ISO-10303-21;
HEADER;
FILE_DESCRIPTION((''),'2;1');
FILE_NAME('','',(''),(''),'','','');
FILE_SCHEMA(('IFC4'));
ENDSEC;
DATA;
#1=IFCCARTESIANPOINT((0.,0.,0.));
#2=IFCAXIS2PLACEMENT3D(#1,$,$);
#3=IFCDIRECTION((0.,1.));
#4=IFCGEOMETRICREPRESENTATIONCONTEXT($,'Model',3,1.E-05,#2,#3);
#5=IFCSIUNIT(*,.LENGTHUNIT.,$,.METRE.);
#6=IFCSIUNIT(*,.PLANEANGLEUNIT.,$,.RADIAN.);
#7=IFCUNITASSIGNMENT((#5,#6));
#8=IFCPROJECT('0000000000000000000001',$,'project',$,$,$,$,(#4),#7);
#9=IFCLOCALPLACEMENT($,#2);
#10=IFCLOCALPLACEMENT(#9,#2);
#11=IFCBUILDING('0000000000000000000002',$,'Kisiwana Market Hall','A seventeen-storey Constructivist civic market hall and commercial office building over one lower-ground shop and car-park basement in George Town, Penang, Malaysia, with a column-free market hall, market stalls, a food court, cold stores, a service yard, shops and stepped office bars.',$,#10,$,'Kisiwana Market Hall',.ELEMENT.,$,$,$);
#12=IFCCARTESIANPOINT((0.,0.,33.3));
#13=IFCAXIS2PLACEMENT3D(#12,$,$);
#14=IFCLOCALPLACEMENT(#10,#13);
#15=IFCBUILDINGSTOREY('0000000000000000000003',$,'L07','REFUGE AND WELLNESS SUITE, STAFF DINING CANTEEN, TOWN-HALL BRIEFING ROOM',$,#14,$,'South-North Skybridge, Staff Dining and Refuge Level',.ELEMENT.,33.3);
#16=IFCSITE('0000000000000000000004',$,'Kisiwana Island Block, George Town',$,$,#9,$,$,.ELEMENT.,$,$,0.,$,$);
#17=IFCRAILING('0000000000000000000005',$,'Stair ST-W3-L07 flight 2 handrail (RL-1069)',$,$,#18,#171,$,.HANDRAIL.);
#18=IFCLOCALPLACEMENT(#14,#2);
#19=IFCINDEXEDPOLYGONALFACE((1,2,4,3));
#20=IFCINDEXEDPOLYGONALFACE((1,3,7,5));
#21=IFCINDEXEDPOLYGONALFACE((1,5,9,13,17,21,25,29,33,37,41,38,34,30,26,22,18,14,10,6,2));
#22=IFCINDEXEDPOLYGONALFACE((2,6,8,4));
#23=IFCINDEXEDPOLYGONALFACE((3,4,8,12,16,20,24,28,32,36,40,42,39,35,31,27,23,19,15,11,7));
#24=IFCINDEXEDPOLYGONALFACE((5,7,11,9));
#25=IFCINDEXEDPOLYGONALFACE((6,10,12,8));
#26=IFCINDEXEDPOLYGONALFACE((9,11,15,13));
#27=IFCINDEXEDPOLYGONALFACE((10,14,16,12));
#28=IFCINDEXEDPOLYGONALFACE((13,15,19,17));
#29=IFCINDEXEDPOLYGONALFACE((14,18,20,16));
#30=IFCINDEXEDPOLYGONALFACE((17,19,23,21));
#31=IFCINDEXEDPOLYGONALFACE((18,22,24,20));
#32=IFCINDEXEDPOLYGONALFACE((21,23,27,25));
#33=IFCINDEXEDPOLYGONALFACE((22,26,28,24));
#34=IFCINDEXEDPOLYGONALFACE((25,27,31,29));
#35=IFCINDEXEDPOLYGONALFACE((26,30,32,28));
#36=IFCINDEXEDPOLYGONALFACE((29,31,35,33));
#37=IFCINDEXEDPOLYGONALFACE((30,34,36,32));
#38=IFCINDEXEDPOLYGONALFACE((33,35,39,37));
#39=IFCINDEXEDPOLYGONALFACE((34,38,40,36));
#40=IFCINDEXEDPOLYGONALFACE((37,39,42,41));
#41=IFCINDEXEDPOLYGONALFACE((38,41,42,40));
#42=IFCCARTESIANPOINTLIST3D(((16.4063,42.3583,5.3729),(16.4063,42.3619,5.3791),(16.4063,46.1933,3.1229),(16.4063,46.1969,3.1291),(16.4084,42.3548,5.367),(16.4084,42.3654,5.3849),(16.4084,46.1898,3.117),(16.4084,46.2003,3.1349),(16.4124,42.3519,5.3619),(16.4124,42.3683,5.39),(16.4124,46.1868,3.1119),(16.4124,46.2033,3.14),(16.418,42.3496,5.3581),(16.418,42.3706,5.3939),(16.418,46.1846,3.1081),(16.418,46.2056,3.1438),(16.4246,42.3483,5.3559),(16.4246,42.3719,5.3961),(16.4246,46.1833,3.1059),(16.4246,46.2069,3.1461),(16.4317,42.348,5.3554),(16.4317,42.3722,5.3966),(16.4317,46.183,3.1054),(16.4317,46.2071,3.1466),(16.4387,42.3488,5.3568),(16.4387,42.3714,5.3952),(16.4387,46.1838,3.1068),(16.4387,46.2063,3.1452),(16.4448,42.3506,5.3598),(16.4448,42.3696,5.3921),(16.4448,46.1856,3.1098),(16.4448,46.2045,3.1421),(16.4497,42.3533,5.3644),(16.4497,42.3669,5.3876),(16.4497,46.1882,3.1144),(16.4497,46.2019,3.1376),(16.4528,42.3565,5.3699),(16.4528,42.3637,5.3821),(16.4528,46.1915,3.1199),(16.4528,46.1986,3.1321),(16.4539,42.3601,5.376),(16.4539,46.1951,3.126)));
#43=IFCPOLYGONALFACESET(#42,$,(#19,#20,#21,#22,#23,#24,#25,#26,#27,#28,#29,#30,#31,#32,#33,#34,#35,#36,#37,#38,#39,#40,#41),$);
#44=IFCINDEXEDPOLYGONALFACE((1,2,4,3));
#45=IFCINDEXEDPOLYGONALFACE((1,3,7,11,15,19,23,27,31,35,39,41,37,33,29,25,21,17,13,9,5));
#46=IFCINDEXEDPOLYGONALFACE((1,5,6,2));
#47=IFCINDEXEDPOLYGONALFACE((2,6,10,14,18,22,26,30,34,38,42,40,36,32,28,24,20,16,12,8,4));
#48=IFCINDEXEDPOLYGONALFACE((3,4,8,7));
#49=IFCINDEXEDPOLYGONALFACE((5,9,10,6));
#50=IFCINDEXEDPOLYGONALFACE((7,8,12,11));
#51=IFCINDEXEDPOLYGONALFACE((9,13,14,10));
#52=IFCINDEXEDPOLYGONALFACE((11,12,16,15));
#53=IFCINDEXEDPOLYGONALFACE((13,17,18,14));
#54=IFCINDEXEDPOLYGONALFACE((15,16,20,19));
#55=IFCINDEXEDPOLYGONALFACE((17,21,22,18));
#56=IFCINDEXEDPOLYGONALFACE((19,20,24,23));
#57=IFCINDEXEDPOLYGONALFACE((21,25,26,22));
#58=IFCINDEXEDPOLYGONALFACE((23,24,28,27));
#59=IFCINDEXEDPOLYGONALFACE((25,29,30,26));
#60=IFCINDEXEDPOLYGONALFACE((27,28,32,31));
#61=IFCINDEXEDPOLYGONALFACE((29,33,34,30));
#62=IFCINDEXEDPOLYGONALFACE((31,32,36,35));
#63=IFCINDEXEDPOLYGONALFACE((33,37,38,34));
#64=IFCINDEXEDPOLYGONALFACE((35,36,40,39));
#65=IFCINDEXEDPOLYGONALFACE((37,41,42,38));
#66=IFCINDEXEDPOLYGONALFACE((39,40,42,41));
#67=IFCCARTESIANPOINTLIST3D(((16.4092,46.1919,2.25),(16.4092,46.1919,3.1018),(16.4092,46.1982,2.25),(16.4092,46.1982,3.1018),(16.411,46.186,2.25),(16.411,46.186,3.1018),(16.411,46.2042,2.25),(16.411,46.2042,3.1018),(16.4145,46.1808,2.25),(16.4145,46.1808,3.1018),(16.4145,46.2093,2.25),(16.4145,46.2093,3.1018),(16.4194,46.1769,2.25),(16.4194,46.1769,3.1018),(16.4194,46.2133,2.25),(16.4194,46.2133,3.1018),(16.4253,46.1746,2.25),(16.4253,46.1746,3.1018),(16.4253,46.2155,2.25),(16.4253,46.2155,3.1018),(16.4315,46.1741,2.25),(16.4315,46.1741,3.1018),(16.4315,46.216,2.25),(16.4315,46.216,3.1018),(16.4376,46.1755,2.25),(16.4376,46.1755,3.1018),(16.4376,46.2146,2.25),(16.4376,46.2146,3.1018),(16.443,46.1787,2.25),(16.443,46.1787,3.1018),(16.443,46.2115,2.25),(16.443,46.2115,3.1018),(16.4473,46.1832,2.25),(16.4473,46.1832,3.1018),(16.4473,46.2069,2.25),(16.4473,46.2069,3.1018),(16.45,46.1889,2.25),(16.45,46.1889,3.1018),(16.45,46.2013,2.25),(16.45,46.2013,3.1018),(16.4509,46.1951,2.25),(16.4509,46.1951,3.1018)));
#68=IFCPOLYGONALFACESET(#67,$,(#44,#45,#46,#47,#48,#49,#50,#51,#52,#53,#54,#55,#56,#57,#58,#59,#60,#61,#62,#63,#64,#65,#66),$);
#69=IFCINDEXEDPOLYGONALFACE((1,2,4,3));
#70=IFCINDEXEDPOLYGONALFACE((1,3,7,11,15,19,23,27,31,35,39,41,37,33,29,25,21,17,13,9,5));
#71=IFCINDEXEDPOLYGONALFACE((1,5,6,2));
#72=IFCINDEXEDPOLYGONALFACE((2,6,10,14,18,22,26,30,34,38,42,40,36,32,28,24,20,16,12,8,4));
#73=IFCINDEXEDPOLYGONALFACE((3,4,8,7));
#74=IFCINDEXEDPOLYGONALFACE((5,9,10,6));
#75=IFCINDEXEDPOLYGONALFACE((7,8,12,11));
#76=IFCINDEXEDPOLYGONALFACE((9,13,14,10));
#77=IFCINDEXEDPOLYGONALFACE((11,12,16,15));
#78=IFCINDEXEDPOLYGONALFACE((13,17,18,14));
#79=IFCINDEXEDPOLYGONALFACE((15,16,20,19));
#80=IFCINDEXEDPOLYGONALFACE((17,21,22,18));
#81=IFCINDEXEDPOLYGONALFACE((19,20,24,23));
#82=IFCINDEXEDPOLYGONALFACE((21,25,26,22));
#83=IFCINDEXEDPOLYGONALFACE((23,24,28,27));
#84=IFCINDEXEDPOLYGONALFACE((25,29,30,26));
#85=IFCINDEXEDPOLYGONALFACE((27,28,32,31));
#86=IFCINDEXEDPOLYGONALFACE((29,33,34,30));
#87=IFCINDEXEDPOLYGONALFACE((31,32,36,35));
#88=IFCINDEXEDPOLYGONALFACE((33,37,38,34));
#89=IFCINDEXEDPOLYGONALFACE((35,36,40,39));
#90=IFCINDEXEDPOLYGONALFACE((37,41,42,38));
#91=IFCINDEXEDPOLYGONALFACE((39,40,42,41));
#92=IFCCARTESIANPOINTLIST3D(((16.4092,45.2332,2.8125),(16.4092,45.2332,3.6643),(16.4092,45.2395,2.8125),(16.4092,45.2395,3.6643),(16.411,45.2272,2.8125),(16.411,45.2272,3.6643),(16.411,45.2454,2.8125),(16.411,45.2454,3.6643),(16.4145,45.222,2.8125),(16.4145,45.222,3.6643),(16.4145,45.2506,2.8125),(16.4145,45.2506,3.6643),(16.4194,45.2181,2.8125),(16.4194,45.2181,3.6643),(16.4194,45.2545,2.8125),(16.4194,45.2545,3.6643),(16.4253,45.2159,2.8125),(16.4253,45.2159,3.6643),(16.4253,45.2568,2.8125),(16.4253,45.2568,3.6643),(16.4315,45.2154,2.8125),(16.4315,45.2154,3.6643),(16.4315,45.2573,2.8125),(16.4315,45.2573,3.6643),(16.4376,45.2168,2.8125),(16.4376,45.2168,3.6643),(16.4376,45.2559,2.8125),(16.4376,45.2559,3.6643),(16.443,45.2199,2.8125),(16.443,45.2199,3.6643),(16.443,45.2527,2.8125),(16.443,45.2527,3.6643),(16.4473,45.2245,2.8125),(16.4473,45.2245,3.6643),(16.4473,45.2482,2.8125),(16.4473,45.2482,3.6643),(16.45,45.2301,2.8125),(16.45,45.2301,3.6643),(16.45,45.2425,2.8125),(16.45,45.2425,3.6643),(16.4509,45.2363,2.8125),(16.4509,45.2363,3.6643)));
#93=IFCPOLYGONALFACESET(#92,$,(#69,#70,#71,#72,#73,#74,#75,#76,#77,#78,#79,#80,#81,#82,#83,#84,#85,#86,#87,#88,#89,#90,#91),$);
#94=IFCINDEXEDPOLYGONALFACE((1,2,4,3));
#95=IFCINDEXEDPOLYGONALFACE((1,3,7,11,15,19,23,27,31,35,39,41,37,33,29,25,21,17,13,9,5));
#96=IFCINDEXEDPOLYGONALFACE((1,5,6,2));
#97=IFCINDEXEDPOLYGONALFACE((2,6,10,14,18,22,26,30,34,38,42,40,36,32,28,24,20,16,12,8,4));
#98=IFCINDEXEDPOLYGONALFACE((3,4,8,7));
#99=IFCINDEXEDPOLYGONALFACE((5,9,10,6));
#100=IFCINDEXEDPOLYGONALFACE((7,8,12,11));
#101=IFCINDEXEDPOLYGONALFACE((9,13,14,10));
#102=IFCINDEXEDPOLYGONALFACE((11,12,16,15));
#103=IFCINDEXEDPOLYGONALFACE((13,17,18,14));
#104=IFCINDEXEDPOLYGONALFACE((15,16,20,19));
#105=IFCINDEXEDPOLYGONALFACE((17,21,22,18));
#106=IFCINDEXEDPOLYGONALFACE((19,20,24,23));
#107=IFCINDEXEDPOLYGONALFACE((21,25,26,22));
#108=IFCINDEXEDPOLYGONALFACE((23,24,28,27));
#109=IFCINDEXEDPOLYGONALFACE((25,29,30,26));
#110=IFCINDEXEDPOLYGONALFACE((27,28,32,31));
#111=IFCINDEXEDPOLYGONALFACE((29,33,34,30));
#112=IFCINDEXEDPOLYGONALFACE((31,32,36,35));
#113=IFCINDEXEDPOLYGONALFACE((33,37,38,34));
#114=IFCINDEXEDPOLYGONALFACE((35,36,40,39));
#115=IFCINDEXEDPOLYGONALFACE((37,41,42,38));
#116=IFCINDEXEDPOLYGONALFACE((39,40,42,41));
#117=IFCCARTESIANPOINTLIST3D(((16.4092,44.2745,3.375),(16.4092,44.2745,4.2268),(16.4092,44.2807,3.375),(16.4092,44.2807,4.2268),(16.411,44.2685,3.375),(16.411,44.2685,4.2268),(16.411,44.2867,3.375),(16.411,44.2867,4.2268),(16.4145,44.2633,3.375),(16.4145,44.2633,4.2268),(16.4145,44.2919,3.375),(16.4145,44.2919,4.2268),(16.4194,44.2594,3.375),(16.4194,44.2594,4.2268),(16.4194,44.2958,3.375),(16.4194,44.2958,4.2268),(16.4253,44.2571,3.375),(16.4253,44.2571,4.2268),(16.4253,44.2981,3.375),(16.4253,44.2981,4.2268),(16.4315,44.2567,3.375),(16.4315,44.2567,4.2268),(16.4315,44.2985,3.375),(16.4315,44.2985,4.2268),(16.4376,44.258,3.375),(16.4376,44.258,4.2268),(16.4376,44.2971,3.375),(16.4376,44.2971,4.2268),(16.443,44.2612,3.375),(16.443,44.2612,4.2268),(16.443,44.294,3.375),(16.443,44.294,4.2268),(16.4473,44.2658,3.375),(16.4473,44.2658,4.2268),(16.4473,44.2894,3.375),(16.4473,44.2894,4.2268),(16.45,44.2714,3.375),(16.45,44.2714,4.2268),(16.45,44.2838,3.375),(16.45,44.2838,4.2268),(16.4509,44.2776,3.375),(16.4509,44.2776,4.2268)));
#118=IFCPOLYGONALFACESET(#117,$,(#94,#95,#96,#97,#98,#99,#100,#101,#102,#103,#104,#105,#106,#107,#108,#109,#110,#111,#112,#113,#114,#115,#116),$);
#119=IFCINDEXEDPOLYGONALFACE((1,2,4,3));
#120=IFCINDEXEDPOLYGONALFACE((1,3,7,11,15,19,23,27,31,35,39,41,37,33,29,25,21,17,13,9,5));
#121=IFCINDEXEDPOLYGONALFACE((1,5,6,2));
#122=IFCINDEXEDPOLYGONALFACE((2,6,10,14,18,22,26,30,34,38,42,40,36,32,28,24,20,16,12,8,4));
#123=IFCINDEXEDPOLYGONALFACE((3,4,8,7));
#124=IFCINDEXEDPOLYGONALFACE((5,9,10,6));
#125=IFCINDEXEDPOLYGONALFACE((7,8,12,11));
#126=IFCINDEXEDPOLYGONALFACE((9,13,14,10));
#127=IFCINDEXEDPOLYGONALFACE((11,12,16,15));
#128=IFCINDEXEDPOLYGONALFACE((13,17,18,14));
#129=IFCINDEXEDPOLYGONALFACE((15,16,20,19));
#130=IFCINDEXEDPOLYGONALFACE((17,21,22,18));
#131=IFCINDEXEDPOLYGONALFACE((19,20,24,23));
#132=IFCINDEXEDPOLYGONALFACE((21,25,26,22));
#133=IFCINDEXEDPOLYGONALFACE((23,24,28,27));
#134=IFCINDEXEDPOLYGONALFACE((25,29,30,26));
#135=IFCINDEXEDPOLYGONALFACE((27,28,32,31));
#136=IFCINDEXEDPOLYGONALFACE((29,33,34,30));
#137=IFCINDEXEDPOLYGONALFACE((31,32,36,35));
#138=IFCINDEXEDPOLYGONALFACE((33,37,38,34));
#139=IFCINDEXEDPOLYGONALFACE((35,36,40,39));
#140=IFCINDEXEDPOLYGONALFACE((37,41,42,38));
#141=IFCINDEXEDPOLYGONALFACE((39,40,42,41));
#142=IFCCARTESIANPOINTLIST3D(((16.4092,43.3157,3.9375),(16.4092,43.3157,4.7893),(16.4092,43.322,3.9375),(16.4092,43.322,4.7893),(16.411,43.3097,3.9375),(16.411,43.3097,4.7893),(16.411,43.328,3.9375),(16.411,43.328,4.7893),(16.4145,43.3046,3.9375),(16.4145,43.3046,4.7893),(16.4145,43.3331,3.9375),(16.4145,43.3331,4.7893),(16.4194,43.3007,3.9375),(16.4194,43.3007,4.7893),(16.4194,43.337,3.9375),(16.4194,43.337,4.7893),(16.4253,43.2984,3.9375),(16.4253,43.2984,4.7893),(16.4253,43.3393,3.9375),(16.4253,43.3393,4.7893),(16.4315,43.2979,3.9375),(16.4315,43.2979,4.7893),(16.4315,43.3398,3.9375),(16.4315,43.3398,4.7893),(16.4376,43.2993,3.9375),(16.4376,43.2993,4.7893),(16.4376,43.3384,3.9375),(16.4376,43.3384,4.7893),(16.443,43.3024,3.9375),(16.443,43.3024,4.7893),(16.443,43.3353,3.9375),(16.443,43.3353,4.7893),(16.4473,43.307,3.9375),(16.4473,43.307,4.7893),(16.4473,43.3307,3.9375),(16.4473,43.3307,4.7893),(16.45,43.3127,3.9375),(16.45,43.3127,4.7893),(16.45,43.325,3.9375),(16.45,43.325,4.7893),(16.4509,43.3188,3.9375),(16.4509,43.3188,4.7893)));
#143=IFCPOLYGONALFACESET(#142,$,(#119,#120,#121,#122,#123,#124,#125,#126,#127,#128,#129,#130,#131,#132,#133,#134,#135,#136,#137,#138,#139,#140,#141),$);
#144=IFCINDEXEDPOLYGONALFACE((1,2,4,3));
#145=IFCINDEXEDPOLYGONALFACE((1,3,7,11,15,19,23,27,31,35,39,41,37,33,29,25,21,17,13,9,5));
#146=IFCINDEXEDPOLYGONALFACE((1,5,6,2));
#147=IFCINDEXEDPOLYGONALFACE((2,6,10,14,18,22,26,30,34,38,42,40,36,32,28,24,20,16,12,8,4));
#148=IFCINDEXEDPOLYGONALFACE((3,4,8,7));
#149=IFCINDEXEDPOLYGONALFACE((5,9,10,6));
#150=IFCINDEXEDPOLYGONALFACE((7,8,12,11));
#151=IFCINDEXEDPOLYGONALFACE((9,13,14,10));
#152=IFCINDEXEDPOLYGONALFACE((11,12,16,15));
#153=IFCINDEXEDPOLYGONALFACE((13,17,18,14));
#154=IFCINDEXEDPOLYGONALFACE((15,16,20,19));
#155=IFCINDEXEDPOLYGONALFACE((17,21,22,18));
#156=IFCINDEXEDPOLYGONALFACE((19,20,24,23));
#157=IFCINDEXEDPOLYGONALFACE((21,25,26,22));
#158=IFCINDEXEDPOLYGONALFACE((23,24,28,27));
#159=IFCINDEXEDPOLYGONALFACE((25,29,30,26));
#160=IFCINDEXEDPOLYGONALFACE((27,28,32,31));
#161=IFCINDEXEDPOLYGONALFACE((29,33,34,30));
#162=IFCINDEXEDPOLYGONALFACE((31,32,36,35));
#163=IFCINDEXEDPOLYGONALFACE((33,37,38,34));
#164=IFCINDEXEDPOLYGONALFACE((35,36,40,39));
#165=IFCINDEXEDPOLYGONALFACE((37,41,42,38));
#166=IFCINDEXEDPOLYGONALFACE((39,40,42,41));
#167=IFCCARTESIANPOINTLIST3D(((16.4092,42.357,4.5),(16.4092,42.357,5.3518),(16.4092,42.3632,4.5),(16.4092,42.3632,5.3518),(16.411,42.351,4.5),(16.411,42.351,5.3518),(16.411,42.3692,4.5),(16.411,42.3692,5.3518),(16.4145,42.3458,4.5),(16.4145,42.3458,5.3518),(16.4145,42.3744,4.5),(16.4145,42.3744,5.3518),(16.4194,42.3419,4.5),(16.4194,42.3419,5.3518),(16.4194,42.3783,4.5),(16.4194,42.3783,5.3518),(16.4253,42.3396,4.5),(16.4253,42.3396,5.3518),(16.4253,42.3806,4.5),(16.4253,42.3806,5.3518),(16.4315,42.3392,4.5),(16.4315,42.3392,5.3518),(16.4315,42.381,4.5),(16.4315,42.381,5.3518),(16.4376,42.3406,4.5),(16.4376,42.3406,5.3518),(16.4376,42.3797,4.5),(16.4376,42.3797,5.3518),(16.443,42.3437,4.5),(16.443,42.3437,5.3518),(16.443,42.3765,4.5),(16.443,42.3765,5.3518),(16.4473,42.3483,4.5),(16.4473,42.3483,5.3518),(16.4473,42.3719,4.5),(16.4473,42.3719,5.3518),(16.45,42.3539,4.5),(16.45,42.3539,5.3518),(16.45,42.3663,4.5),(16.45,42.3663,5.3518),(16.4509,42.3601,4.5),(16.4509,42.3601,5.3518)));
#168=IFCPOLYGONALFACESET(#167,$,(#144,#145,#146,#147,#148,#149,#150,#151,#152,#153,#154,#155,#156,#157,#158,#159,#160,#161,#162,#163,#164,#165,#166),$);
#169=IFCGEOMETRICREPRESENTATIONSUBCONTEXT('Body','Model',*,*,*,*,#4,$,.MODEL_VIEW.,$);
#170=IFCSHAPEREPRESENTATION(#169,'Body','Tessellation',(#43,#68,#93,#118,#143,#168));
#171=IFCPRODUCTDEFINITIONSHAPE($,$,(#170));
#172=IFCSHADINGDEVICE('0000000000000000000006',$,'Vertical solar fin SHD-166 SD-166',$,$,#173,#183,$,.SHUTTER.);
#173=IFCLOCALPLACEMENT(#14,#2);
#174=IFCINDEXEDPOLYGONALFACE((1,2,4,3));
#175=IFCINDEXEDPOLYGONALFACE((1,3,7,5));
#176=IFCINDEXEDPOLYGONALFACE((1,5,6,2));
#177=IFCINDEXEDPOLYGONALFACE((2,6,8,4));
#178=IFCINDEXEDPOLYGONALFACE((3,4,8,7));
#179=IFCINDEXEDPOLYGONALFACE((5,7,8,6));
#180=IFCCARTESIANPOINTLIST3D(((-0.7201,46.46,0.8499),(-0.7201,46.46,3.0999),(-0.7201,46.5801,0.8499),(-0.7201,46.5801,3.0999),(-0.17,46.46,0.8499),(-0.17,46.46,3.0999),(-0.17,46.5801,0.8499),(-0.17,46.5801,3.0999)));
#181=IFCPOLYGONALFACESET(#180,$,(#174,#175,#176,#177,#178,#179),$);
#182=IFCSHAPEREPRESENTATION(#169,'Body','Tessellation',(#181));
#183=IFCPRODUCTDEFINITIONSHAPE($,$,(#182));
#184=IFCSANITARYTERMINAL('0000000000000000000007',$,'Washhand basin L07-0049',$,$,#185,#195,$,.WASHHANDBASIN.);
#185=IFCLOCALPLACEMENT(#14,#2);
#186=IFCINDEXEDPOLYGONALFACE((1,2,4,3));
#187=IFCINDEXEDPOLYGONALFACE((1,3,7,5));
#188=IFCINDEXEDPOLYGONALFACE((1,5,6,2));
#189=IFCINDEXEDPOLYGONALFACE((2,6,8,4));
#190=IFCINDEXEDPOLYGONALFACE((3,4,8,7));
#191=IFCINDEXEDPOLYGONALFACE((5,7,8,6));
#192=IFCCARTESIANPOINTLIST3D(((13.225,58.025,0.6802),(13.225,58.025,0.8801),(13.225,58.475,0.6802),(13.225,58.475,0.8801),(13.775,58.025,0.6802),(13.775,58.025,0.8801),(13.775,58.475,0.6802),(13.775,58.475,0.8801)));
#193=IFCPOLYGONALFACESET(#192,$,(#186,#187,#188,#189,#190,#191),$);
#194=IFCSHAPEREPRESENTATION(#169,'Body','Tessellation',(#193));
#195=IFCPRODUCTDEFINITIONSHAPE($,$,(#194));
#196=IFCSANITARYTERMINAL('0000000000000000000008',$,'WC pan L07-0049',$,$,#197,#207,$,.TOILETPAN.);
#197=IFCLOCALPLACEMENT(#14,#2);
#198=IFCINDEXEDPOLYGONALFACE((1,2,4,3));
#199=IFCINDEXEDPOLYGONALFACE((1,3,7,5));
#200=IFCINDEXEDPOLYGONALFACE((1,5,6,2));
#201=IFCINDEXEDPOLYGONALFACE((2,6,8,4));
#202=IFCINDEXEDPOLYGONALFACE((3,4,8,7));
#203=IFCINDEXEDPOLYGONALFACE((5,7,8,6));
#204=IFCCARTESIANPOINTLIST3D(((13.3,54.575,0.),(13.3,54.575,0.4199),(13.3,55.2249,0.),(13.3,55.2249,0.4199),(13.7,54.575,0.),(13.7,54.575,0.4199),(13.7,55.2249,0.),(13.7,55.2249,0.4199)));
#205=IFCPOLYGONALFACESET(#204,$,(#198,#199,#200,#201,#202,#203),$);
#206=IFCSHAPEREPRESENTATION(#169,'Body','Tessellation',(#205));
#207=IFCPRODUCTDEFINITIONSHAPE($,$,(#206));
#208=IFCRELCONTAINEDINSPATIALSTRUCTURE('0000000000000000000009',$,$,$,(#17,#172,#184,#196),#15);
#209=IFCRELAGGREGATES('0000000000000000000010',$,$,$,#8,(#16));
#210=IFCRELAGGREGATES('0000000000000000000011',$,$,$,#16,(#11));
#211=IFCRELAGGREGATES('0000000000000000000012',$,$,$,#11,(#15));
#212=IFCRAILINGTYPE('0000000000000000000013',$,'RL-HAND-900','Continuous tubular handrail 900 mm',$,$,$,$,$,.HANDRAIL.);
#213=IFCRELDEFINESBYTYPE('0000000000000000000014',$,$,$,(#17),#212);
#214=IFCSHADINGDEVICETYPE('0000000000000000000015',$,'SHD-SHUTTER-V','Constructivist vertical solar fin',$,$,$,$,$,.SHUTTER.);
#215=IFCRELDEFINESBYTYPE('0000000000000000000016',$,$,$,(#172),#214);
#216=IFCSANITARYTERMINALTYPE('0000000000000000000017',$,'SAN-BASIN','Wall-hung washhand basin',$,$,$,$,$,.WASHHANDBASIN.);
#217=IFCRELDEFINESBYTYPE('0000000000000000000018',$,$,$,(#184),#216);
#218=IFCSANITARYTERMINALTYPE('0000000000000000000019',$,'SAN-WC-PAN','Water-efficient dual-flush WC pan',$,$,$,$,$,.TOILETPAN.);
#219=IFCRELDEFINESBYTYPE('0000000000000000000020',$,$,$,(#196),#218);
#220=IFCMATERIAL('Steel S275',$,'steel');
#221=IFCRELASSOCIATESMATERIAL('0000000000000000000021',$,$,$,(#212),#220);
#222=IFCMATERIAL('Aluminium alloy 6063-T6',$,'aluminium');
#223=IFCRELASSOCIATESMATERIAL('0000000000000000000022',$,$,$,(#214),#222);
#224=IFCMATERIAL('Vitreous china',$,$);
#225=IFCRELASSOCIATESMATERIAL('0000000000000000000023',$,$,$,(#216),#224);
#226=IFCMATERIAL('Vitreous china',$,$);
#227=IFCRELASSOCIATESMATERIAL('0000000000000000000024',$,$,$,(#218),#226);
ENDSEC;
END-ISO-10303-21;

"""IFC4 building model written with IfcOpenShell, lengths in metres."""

from ifc_helpers import new_model, si_unit, direction, frame, origin, origin_2d, place, context, subcontext, project, spatial, rectangle, circle, extrude, material, type_object, element, save


model = new_model("IFC4")

# Units and contexts
model_context = context("Model", 3, precision=1e-05, world=origin(), true_north=direction((0.0, 1.0)))
body_context = subcontext(model_context, "Body", "Model", "MODEL_VIEW")
ifc_project = project(units=[si_unit("LENGTHUNIT", "METRE"), si_unit("PLANEANGLEUNIT", "RADIAN")], contexts=[model_context])

# Site, building, storey
site_placement = place(None, origin())
site = spatial("IfcSite", under=ifc_project, at=site_placement, Name="Kisiwana Island Block, George Town", CompositionType="ELEMENT", RefElevation=0.0)
building_placement = place(site_placement, origin())
building = spatial("IfcBuilding", under=site, at=building_placement, Name="Kisiwana Market Hall", Description="A seventeen-storey Constructivist civic market hall and commercial office building over one lower-ground shop and car-park basement in George Town, Penang, Malaysia, with a column-free market hall, market stalls, a food court, cold stores, a service yard, shops and stepped office bars.", LongName="Kisiwana Market Hall", CompositionType="ELEMENT")
storey_placement = place(building_placement, frame((0.0, 0.0, 33.3)))
storey = spatial("IfcBuildingStorey", under=building, at=storey_placement, Name="L07", Description="REFUGE AND WELLNESS SUITE, STAFF DINING CANTEEN, TOWN-HALL BRIEFING ROOM", LongName="South-North Skybridge, Staff Dining and Refuge Level", CompositionType="ELEMENT", Elevation=33.3)

# Railing
ifc_material_1 = material(Name="Steel S275", Category="steel")
railing_type = type_object("IfcRailingType", Name="RL-HAND-900", Description="Continuous tubular handrail 900 mm", PredefinedType="HANDRAIL", material=ifc_material_1)
railing_placement = place(storey_placement, frame((16.4299, 46.1951, 2.25)))
element("IfcRailing", 1, at=railing_placement, inside=storey, type_object=railing_type, Name="Stair ST-W3-L07 flight 2 handrail (RL-1069)", PredefinedType="HANDRAIL", context=body_context, shape_type="SweptSolid", body=[
    extrude(circle(Radius=0.0239, at=origin_2d()), frame((0.0, 0.0, 0.876), z_axis=(0.0, -0.86251, 0.506041), x_axis=(1.0, 0.0, 0.0)), (0.0, 0.0, 1.0), 4.4463),
    extrude(circle(Radius=0.021, at=origin_2d()), origin(), (0.0, 0.0, 1.0), 0.8518),
    extrude(circle(Radius=0.021, at=origin_2d()), frame((0.0, -0.9587, 0.5625)), (0.0, 0.0, 1.0), 0.8518),
    extrude(circle(Radius=0.021, at=origin_2d()), frame((0.0, -1.9175, 1.125)), (0.0, 0.0, 1.0), 0.8518),
    extrude(circle(Radius=0.021, at=origin_2d()), frame((0.0, -2.8762, 1.6875)), (0.0, 0.0, 1.0), 0.8518),
    extrude(circle(Radius=0.021, at=origin_2d()), frame((0.0, -3.835, 2.25)), (0.0, 0.0, 1.0), 0.8518),
])

# Shading device
ifc_material_2 = material(Name="Aluminium alloy 6063-T6", Category="aluminium")
shading_device_type = type_object("IfcShadingDeviceType", Name="SHD-SHUTTER-V", Description="Constructivist vertical solar fin", PredefinedType="SHUTTER", material=ifc_material_2)
shading_device_placement = place(storey_placement, frame((-0.4451, 46.52, 0.8499), z_axis=(0.0, 0.0, 1.0), x_axis=(0.0, 1.0, 0.0)))
element("IfcShadingDevice", 2, at=shading_device_placement, inside=storey, type_object=shading_device_type, Name="Vertical solar fin SHD-166 SD-166", PredefinedType="SHUTTER", context=body_context, shape_type="SweptSolid", body=[
    extrude(rectangle(XDim=0.1201, YDim=0.55, at=origin_2d()), origin(), (0.0, 0.0, 1.0), 2.25),
])

# Sanitary terminals
ifc_material_3 = material(Name="Vitreous china")
sanitary_terminal_type_1 = type_object("IfcSanitaryTerminalType", Name="SAN-BASIN", Description="Wall-hung washhand basin", PredefinedType="WASHHANDBASIN", material=ifc_material_3)
sanitary_terminal_1_placement = place(storey_placement, frame((13.5, 58.25, 0.6802), z_axis=(0.0, 0.0, 1.0), x_axis=(1.0, 0.0, 0.0)))
element("IfcSanitaryTerminal", 3, at=sanitary_terminal_1_placement, inside=storey, type_object=sanitary_terminal_type_1, Name="Washhand basin L07-0049", PredefinedType="WASHHANDBASIN", context=body_context, shape_type="SweptSolid", body=[
    extrude(rectangle(XDim=0.55, YDim=0.45, at=origin_2d()), origin(), (0.0, 0.0, 1.0), 0.2),
])
ifc_material_4 = material(Name="Vitreous china")
sanitary_terminal_type_2 = type_object("IfcSanitaryTerminalType", Name="SAN-WC-PAN", Description="Water-efficient dual-flush WC pan", PredefinedType="TOILETPAN", material=ifc_material_4)
sanitary_terminal_2_placement = place(storey_placement, frame((13.5, 54.8999, 0.0), z_axis=(0.0, 0.0, 1.0), x_axis=(1.0, 0.0, 0.0)))
element("IfcSanitaryTerminal", 4, at=sanitary_terminal_2_placement, inside=storey, type_object=sanitary_terminal_type_2, Name="WC pan L07-0049", PredefinedType="TOILETPAN", context=body_context, shape_type="SweptSolid", body=[
    extrude(rectangle(XDim=0.3999, YDim=0.6499, at=origin_2d()), origin(), (0.0, 0.0, 1.0), 0.4199),
])

save(model, "model.ifc")
